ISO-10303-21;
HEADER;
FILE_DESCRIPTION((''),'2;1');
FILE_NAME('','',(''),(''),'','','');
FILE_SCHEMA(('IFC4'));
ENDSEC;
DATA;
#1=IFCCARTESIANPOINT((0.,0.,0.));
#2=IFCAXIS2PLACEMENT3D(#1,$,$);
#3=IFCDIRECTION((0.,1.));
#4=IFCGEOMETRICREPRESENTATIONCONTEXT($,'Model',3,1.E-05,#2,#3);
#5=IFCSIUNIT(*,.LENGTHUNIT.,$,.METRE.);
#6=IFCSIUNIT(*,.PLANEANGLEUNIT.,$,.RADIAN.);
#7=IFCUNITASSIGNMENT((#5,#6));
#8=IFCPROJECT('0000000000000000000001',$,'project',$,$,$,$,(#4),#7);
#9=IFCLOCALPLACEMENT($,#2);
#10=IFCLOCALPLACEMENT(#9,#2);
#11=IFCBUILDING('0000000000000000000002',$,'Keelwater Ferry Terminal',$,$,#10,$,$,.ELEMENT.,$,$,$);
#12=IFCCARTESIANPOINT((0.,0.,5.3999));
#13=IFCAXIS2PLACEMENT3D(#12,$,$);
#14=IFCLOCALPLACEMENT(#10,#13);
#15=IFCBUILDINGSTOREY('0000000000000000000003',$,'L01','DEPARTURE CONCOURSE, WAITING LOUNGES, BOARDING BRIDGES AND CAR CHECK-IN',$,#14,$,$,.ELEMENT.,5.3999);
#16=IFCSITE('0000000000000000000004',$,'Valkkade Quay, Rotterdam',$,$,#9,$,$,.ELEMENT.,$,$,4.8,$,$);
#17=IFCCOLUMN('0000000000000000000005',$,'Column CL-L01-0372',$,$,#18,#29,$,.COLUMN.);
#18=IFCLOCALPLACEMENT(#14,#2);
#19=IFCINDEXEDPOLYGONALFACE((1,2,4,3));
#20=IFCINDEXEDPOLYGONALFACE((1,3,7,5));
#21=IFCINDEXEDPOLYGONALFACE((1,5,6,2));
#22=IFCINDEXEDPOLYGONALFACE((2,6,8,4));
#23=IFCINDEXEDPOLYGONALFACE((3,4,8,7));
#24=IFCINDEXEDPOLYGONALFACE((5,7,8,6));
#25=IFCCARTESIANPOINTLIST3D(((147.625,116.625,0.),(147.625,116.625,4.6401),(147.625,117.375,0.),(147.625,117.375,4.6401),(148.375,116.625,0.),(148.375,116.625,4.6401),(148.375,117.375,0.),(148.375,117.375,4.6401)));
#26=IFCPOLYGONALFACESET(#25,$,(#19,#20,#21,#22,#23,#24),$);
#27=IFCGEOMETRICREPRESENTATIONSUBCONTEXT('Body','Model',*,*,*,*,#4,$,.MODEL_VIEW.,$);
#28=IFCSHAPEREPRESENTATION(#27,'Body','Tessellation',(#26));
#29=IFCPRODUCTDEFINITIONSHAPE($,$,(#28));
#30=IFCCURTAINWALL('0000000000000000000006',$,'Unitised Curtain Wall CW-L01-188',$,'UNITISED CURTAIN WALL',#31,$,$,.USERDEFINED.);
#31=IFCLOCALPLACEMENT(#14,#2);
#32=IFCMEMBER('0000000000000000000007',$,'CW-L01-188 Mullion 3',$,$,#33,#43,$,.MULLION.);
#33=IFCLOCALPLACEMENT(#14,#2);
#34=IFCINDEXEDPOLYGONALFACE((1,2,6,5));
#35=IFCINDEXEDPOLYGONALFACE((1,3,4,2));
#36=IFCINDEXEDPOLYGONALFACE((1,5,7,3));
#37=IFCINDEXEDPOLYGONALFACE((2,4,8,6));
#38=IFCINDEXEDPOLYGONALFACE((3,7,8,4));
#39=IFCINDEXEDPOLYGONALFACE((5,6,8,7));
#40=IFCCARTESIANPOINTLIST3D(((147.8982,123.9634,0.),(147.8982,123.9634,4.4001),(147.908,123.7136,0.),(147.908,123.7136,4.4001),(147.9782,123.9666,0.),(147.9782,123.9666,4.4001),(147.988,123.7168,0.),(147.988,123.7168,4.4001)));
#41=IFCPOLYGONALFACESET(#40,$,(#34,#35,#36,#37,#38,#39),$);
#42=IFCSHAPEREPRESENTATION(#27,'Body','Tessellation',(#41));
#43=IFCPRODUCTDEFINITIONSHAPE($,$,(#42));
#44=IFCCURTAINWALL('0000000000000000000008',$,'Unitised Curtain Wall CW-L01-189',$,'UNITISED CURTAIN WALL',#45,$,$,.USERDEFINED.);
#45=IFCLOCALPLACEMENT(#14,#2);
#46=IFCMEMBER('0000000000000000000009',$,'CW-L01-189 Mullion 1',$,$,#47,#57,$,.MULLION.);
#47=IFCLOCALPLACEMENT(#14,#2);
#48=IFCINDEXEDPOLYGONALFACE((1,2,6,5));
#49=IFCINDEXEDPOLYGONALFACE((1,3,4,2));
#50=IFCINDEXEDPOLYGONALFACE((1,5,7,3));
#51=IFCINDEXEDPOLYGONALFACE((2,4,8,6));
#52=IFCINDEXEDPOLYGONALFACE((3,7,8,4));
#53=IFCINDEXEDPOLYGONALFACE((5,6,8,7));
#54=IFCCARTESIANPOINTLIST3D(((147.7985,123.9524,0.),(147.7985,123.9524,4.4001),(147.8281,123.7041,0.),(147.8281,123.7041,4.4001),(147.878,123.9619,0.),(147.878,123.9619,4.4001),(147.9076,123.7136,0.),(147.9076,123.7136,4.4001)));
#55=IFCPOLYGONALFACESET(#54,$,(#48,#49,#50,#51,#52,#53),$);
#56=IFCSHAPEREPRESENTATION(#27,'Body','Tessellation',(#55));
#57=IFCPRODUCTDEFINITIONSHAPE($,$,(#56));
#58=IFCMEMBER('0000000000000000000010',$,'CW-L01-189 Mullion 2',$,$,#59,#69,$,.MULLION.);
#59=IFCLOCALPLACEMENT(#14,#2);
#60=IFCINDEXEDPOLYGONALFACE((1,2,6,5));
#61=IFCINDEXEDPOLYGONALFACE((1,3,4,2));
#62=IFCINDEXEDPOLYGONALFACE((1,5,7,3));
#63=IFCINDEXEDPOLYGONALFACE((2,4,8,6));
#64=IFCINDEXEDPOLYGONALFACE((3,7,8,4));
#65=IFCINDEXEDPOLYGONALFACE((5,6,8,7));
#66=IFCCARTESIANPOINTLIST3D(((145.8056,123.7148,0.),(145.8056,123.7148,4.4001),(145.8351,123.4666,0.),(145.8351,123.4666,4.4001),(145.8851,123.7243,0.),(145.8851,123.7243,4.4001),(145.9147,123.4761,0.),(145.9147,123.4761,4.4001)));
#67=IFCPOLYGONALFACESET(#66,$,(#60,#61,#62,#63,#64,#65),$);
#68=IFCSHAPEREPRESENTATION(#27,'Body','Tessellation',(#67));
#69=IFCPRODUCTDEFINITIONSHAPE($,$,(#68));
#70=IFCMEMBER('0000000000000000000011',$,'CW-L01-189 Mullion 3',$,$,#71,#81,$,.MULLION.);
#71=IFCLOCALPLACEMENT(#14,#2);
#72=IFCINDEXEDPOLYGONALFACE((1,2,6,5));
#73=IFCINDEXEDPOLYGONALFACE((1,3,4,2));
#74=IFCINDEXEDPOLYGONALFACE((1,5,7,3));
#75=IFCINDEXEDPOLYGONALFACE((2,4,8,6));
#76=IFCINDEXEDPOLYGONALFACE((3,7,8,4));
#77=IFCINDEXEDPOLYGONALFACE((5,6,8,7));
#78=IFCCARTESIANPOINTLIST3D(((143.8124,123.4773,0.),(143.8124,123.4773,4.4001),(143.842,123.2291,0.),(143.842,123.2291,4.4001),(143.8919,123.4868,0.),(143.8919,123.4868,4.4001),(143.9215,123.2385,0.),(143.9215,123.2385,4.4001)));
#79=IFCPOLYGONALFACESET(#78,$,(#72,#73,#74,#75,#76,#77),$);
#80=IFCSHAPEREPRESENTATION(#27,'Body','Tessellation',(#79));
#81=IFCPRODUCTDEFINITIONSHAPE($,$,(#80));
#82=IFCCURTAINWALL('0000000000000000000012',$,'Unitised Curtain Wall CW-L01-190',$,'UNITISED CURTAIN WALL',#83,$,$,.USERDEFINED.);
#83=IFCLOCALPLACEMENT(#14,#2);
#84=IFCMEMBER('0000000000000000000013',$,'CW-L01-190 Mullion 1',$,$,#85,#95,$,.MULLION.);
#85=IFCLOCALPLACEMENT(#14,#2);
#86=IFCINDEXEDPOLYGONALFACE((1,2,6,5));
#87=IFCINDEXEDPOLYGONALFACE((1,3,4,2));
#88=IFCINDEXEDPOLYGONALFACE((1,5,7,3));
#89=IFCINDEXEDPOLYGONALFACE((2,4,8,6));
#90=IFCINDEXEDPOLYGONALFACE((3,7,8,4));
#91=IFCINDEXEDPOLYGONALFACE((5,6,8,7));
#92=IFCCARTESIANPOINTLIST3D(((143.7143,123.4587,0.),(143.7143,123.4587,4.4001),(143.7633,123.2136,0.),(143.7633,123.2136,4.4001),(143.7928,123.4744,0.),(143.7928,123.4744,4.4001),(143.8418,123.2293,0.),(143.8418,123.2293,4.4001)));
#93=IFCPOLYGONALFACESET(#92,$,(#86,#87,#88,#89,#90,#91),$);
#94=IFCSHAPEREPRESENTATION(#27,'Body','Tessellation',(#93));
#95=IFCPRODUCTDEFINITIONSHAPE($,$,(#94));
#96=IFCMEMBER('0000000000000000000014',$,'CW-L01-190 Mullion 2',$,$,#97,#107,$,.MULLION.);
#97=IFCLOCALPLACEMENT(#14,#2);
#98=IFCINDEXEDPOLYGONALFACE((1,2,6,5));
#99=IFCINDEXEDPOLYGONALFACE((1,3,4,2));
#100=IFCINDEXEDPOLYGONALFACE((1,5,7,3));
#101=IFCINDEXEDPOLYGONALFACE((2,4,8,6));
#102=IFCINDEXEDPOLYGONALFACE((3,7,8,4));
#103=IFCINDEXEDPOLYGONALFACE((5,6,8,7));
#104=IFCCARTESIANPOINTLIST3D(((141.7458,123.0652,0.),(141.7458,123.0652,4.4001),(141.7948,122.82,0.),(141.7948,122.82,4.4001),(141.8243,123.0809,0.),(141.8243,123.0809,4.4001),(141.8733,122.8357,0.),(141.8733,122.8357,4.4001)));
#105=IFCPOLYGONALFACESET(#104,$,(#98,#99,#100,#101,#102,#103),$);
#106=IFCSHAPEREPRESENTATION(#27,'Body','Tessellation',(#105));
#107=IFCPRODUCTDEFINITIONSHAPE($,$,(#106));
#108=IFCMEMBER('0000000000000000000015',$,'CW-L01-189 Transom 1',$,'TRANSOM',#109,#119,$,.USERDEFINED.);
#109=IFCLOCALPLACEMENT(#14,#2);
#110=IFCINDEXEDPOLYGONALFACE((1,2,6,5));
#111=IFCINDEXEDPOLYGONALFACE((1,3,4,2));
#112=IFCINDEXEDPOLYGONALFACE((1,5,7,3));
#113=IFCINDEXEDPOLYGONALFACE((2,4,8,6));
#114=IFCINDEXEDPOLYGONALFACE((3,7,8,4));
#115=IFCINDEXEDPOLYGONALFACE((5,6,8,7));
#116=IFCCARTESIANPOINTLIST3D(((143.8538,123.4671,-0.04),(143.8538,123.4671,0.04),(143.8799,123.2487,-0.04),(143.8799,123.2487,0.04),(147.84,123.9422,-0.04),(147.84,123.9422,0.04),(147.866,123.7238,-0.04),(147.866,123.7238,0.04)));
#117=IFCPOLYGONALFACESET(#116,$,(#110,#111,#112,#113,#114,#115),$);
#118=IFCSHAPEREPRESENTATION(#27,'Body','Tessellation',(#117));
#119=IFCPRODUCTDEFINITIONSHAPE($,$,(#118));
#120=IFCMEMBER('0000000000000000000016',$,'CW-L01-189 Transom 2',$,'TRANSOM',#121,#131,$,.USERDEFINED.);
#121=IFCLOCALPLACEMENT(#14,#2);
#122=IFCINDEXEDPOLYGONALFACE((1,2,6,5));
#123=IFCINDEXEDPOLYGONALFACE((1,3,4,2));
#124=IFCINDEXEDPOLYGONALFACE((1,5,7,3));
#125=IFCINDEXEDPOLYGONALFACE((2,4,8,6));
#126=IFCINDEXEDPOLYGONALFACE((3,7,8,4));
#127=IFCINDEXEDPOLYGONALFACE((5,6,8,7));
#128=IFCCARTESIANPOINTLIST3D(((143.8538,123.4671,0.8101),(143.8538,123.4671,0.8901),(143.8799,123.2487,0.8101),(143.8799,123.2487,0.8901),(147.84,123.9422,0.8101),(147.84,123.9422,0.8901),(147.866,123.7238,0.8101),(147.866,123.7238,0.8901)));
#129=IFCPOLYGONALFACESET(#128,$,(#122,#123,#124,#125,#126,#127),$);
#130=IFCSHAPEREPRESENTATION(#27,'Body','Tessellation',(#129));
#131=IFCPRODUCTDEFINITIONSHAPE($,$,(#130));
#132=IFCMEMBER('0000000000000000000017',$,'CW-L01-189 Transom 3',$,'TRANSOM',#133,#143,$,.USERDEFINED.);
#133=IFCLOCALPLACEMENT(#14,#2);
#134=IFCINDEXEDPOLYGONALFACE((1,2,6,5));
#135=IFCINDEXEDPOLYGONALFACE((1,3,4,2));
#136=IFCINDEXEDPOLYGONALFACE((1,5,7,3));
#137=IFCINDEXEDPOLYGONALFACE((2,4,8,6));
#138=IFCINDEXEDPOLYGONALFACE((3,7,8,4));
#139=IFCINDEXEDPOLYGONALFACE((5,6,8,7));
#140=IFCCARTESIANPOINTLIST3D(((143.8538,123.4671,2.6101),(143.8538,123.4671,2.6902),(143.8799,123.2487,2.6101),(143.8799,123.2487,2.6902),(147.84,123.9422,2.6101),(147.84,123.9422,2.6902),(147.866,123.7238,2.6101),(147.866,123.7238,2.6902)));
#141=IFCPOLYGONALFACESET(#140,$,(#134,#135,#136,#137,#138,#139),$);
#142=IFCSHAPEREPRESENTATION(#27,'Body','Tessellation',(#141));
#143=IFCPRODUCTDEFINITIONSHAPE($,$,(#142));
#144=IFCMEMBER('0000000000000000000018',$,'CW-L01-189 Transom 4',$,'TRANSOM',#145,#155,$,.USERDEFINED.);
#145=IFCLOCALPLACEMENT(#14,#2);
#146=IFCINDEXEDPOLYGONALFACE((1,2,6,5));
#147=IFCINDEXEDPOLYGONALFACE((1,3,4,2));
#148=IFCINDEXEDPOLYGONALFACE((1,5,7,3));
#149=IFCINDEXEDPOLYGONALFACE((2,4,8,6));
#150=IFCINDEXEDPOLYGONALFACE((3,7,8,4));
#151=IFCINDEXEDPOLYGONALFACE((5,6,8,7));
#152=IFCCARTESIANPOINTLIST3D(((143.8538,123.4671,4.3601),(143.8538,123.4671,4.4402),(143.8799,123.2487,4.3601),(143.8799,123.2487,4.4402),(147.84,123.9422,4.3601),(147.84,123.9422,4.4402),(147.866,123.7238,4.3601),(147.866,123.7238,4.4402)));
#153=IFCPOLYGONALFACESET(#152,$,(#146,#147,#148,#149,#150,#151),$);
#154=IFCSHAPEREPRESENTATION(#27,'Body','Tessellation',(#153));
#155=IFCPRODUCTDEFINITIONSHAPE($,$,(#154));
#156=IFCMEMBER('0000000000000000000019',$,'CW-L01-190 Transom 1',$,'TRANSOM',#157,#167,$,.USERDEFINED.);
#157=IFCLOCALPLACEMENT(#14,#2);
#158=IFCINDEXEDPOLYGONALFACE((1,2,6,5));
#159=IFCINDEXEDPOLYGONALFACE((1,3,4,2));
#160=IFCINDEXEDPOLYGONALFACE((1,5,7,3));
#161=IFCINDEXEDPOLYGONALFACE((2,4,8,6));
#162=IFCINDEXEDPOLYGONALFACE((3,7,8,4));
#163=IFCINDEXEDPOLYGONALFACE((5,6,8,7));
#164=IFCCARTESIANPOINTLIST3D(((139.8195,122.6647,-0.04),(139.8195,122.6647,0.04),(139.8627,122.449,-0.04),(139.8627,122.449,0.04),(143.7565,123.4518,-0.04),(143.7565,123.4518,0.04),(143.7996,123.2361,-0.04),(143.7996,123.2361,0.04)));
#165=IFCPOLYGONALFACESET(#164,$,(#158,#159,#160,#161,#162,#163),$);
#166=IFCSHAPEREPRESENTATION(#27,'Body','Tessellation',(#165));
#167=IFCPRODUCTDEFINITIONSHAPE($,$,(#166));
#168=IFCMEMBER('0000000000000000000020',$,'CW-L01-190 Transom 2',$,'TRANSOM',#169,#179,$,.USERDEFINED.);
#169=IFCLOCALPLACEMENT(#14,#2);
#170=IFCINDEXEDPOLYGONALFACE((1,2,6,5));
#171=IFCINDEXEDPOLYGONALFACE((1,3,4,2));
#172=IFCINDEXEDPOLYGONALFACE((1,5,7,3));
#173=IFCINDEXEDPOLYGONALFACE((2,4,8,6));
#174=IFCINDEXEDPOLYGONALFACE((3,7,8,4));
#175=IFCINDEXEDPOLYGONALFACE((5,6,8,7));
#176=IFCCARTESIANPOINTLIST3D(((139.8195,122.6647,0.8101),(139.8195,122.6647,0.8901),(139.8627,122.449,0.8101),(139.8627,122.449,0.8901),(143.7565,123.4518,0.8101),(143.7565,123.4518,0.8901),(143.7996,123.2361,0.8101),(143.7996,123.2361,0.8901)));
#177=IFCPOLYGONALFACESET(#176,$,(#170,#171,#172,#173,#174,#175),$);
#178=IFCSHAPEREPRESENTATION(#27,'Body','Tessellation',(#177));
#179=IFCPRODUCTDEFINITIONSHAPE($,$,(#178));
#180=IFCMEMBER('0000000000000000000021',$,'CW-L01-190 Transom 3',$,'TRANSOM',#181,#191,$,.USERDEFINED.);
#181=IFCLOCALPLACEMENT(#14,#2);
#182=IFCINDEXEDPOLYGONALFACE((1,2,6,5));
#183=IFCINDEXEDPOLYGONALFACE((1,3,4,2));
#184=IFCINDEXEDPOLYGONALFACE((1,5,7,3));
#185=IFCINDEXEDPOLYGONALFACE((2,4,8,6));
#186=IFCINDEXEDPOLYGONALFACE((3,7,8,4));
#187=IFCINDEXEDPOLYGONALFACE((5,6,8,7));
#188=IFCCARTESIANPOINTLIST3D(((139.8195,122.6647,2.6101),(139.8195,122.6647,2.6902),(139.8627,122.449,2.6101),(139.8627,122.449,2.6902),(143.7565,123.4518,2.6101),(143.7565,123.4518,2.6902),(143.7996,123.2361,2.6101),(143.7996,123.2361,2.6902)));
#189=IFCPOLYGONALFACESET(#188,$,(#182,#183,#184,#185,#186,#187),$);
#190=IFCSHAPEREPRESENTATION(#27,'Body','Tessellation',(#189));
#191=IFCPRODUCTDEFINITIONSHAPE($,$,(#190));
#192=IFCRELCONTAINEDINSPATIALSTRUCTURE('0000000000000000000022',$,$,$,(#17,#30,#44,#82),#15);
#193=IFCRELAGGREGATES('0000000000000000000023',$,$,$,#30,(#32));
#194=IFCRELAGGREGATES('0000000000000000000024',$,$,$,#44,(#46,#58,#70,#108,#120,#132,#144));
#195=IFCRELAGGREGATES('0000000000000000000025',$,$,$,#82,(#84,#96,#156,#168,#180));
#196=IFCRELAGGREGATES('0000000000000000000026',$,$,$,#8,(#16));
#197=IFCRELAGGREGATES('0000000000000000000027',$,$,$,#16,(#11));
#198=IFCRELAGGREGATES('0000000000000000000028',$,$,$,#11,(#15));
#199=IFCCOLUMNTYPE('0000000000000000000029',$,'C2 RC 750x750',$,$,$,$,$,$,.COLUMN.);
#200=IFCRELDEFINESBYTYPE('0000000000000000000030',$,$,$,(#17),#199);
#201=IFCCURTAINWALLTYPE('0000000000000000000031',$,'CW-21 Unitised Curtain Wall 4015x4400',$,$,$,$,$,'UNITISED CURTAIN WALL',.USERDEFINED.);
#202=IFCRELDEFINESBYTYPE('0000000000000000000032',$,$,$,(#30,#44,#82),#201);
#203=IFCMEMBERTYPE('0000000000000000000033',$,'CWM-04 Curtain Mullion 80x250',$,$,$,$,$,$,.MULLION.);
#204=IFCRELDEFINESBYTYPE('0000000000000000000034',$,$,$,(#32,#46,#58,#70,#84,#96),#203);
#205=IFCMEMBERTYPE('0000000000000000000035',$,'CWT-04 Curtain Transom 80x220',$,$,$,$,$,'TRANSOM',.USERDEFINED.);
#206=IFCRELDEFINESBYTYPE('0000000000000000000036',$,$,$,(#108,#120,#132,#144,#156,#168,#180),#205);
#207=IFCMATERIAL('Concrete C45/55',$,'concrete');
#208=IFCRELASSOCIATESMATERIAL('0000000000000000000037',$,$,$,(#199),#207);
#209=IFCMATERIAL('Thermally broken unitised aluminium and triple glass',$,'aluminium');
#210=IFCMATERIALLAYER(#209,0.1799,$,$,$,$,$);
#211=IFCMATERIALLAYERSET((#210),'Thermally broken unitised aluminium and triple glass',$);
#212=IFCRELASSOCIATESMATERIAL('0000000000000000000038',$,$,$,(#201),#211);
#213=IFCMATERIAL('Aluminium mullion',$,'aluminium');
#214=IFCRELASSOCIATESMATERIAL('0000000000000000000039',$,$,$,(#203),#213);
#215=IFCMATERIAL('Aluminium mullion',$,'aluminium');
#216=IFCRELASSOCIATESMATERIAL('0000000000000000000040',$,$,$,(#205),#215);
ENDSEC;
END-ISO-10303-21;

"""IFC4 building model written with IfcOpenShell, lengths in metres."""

from ifc_helpers import new_model, si_unit, direction, frame, origin, origin_2d, place, context, subcontext, project, spatial, rectangle, extrude, material, layer, layer_set, material_profile, profile_set, type_object, element, aggregate, save


model = new_model("IFC4")

# Units and contexts
model_context = context("Model", 3, precision=1e-05, world=origin(), true_north=direction((0.0, 1.0)))
body_context = subcontext(model_context, "Body", "Model", "MODEL_VIEW")
ifc_project = project(units=[si_unit("LENGTHUNIT", "METRE"), si_unit("PLANEANGLEUNIT", "RADIAN")], contexts=[model_context])

# Site, building, storey
site_placement = place(None, origin())
site = spatial("IfcSite", under=ifc_project, at=site_placement, Name="Valkkade Quay, Rotterdam", CompositionType="ELEMENT", RefElevation=4.8)
building_placement = place(site_placement, origin())
building = spatial("IfcBuilding", under=site, at=building_placement, Name="Keelwater Ferry Terminal", CompositionType="ELEMENT")
storey_placement = place(building_placement, frame((0.0, 0.0, 5.3999)))
storey = spatial("IfcBuildingStorey", under=building, at=storey_placement, Name="L01", Description="DEPARTURE CONCOURSE, WAITING LOUNGES, BOARDING BRIDGES AND CAR CHECK-IN", CompositionType="ELEMENT", Elevation=5.3999)

# Column
ifc_material_1 = material(Name="Concrete C45/55", Category="concrete")
ifc_material_profile_1 = material_profile(ifc_material_1, rectangle(XDim=0.75, YDim=0.75, at=origin_2d()), Name="RC 750x750")
ifc_profile_set_1 = profile_set([ifc_material_profile_1], Name="Concrete C45/55")
column_type = type_object("IfcColumnType", Name="C2 RC 750x750", PredefinedType="COLUMN", material=ifc_profile_set_1)
column_placement = place(storey_placement, frame((148.0, 117.0, 0.0), z_axis=(0.0, 0.0, 1.0), x_axis=(1.0, 0.0, 0.0)))
element("IfcColumn", 1, at=column_placement, inside=storey, type_object=column_type, Name="Column CL-L01-0372", PredefinedType="COLUMN", context=body_context, shape_type="SweptSolid", body=[
    extrude(rectangle(XDim=0.75, YDim=0.75, at=origin_2d()), origin(), (0.0, 0.0, 1.0), 4.6401),
])

# Curtain wall, member
ifc_material_2 = material(Name="Thermally broken unitised aluminium and triple glass", Category="aluminium")
ifc_layer_1 = layer(ifc_material_2, 0.1799)
ifc_layer_set_1 = layer_set([ifc_layer_1], Name="Thermally broken unitised aluminium and triple glass")
curtain_wall_type = type_object("IfcCurtainWallType", Name="CW-21 Unitised Curtain Wall 4015x4400", ElementType="UNITISED CURTAIN WALL", PredefinedType="USERDEFINED", material=ifc_layer_set_1)
curtain_wall_1_placement = place(storey_placement, origin())
curtain_wall_1 = element("IfcCurtainWall", 2, at=curtain_wall_1_placement, inside=storey, type_object=curtain_wall_type, Name="Unitised Curtain Wall CW-L01-188", ObjectType="UNITISED CURTAIN WALL", PredefinedType="USERDEFINED")
ifc_material_3 = material(Name="Aluminium mullion", Category="aluminium")
ifc_material_profile_2 = material_profile(ifc_material_3, rectangle(XDim=0.0801, YDim=0.25, at=origin_2d()), Name="CWM-04")
ifc_profile_set_2 = profile_set([ifc_material_profile_2], Name="Aluminium mullion")
member_type_1 = type_object("IfcMemberType", Name="CWM-04 Curtain Mullion 80x250", PredefinedType="MULLION", material=ifc_profile_set_2)
member_1_placement = place(storey_placement, frame((147.9431, 123.8401, 0.0), z_axis=(0.0, 0.0, 1.0), x_axis=(-0.999225, -0.039351, 0.0)))
member_1 = element("IfcMember", 3, at=member_1_placement, type_object=member_type_1, Name="CW-L01-188 Mullion 3", PredefinedType="MULLION", context=body_context, shape_type="SweptSolid", body=[
    extrude(rectangle(XDim=0.0801, YDim=0.25, at=origin_2d()), origin(), (0.0, 0.0, 1.0), 4.4001),
])
aggregate(curtain_wall_1, [member_1])

# Curtain walls, members
curtain_wall_2_placement = place(storey_placement, origin())
curtain_wall_2 = element("IfcCurtainWall", 4, at=curtain_wall_2_placement, inside=storey, type_object=curtain_wall_type, Name="Unitised Curtain Wall CW-L01-189", ObjectType="UNITISED CURTAIN WALL", PredefinedType="USERDEFINED")
member_2_placement = place(storey_placement, frame((147.853, 123.833, 0.0), z_axis=(0.0, 0.0, 1.0), x_axis=(-0.992974, -0.11833, 0.0)))
member_2 = element("IfcMember", 5, at=member_2_placement, type_object=member_type_1, Name="CW-L01-189 Mullion 1", PredefinedType="MULLION", context=body_context, shape_type="SweptSolid", body=[
    extrude(rectangle(XDim=0.0801, YDim=0.25, at=origin_2d()), origin(), (0.0, 0.0, 1.0), 4.4001),
])
member_3_placement = place(storey_placement, frame((145.8601, 123.5955, 0.0), z_axis=(0.0, 0.0, 1.0), x_axis=(-0.992974, -0.11833, 0.0)))
member_3 = element("IfcMember", 6, at=member_3_placement, type_object=member_type_1, Name="CW-L01-189 Mullion 2", PredefinedType="MULLION", context=body_context, shape_type="SweptSolid", body=[
    extrude(rectangle(XDim=0.0801, YDim=0.25, at=origin_2d()), origin(), (0.0, 0.0, 1.0), 4.4001),
])
member_4_placement = place(storey_placement, frame((143.8669, 123.3579, 0.0), z_axis=(0.0, 0.0, 1.0), x_axis=(-0.992974, -0.11833, 0.0)))
member_4 = element("IfcMember", 7, at=member_4_placement, type_object=member_type_1, Name="CW-L01-189 Mullion 3", PredefinedType="MULLION", context=body_context, shape_type="SweptSolid", body=[
    extrude(rectangle(XDim=0.0801, YDim=0.25, at=origin_2d()), origin(), (0.0, 0.0, 1.0), 4.4001),
])
curtain_wall_3_placement = place(storey_placement, origin())
curtain_wall_3 = element("IfcCurtainWall", 8, at=curtain_wall_3_placement, inside=storey, type_object=curtain_wall_type, Name="Unitised Curtain Wall CW-L01-190", ObjectType="UNITISED CURTAIN WALL", PredefinedType="USERDEFINED")
member_5_placement = place(storey_placement, frame((143.7781, 123.344, 0.0), z_axis=(0.0, 0.0, 1.0), x_axis=(-0.9806, -0.19602, 0.0)))
member_5 = element("IfcMember", 9, at=member_5_placement, type_object=member_type_1, Name="CW-L01-190 Mullion 1", PredefinedType="MULLION", context=body_context, shape_type="SweptSolid", body=[
    extrude(rectangle(XDim=0.0801, YDim=0.25, at=origin_2d()), origin(), (0.0, 0.0, 1.0), 4.4001),
])
member_6_placement = place(storey_placement, frame((141.8096, 122.9504, 0.0), z_axis=(0.0, 0.0, 1.0), x_axis=(-0.9806, -0.19602, 0.0)))
member_6 = element("IfcMember", 10, at=member_6_placement, type_object=member_type_1, Name="CW-L01-190 Mullion 2", PredefinedType="MULLION", context=body_context, shape_type="SweptSolid", body=[
    extrude(rectangle(XDim=0.0801, YDim=0.25, at=origin_2d()), origin(), (0.0, 0.0, 1.0), 4.4001),
])

# Members
ifc_material_4 = material(Name="Aluminium mullion", Category="aluminium")
ifc_material_profile_3 = material_profile(ifc_material_4, rectangle(XDim=0.22, YDim=0.0801, at=origin_2d()), Name="CWT-04")
ifc_profile_set_3 = profile_set([ifc_material_profile_3], Name="Aluminium mullion")
member_type_2 = type_object("IfcMemberType", Name="CWT-04 Curtain Transom 80x220", ElementType="TRANSOM", PredefinedType="USERDEFINED", material=ifc_profile_set_3)
member_7_placement = place(storey_placement, frame((147.853, 123.833, 0.0), z_axis=(-0.992972, -0.118351, 0.0), x_axis=(0.118351, -0.992972, 0.0)))
member_7 = element("IfcMember", 11, at=member_7_placement, type_object=member_type_2, Name="CW-L01-189 Transom 1", ObjectType="TRANSOM", PredefinedType="USERDEFINED", context=body_context, shape_type="SweptSolid", body=[
    extrude(rectangle(XDim=0.22, YDim=0.0801, at=origin_2d()), origin(), (0.0, 0.0, 1.0), 4.0144),
])
member_8_placement = place(storey_placement, frame((147.853, 123.833, 0.8501), z_axis=(-0.992972, -0.118351, 0.0), x_axis=(0.118351, -0.992972, 0.0)))
member_8 = element("IfcMember", 12, at=member_8_placement, type_object=member_type_2, Name="CW-L01-189 Transom 2", ObjectType="TRANSOM", PredefinedType="USERDEFINED", context=body_context, shape_type="SweptSolid", body=[
    extrude(rectangle(XDim=0.22, YDim=0.0801, at=origin_2d()), origin(), (0.0, 0.0, 1.0), 4.0144),
])
member_9_placement = place(storey_placement, frame((147.853, 123.833, 2.6501), z_axis=(-0.992972, -0.118351, 0.0), x_axis=(0.118351, -0.992972, 0.0)))
member_9 = element("IfcMember", 13, at=member_9_placement, type_object=member_type_2, Name="CW-L01-189 Transom 3", ObjectType="TRANSOM", PredefinedType="USERDEFINED", context=body_context, shape_type="SweptSolid", body=[
    extrude(rectangle(XDim=0.22, YDim=0.0801, at=origin_2d()), origin(), (0.0, 0.0, 1.0), 4.0144),
])
member_10_placement = place(storey_placement, frame((147.853, 123.833, 4.4001), z_axis=(-0.992972, -0.118351, 0.0), x_axis=(0.118351, -0.992972, 0.0)))
member_10 = element("IfcMember", 14, at=member_10_placement, type_object=member_type_2, Name="CW-L01-189 Transom 4", ObjectType="TRANSOM", PredefinedType="USERDEFINED", context=body_context, shape_type="SweptSolid", body=[
    extrude(rectangle(XDim=0.22, YDim=0.0801, at=origin_2d()), origin(), (0.0, 0.0, 1.0), 4.0144),
])
member_11_placement = place(storey_placement, frame((143.7781, 123.344, 0.0), z_axis=(-0.980595, -0.196046, 0.0), x_axis=(0.196046, -0.980595, 0.0)))
member_11 = element("IfcMember", 15, at=member_11_placement, type_object=member_type_2, Name="CW-L01-190 Transom 1", ObjectType="TRANSOM", PredefinedType="USERDEFINED", context=body_context, shape_type="SweptSolid", body=[
    extrude(rectangle(XDim=0.22, YDim=0.0801, at=origin_2d()), origin(), (0.0, 0.0, 1.0), 4.0149),
])
member_12_placement = place(storey_placement, frame((143.7781, 123.344, 0.8501), z_axis=(-0.980595, -0.196046, 0.0), x_axis=(0.196046, -0.980595, 0.0)))
member_12 = element("IfcMember", 16, at=member_12_placement, type_object=member_type_2, Name="CW-L01-190 Transom 2", ObjectType="TRANSOM", PredefinedType="USERDEFINED", context=body_context, shape_type="SweptSolid", body=[
    extrude(rectangle(XDim=0.22, YDim=0.0801, at=origin_2d()), origin(), (0.0, 0.0, 1.0), 4.0149),
])
member_13_placement = place(storey_placement, frame((143.7781, 123.344, 2.6501), z_axis=(-0.980595, -0.196046, 0.0), x_axis=(0.196046, -0.980595, 0.0)))
member_13 = element("IfcMember", 17, at=member_13_placement, type_object=member_type_2, Name="CW-L01-190 Transom 3", ObjectType="TRANSOM", PredefinedType="USERDEFINED", context=body_context, shape_type="SweptSolid", body=[
    extrude(rectangle(XDim=0.22, YDim=0.0801, at=origin_2d()), origin(), (0.0, 0.0, 1.0), 4.0149),
])

aggregate(curtain_wall_2, [member_2, member_3, member_4, member_7, member_8, member_9, member_10])
aggregate(curtain_wall_3, [member_5, member_6, member_11, member_12, member_13])

save(model, "model.ifc")
